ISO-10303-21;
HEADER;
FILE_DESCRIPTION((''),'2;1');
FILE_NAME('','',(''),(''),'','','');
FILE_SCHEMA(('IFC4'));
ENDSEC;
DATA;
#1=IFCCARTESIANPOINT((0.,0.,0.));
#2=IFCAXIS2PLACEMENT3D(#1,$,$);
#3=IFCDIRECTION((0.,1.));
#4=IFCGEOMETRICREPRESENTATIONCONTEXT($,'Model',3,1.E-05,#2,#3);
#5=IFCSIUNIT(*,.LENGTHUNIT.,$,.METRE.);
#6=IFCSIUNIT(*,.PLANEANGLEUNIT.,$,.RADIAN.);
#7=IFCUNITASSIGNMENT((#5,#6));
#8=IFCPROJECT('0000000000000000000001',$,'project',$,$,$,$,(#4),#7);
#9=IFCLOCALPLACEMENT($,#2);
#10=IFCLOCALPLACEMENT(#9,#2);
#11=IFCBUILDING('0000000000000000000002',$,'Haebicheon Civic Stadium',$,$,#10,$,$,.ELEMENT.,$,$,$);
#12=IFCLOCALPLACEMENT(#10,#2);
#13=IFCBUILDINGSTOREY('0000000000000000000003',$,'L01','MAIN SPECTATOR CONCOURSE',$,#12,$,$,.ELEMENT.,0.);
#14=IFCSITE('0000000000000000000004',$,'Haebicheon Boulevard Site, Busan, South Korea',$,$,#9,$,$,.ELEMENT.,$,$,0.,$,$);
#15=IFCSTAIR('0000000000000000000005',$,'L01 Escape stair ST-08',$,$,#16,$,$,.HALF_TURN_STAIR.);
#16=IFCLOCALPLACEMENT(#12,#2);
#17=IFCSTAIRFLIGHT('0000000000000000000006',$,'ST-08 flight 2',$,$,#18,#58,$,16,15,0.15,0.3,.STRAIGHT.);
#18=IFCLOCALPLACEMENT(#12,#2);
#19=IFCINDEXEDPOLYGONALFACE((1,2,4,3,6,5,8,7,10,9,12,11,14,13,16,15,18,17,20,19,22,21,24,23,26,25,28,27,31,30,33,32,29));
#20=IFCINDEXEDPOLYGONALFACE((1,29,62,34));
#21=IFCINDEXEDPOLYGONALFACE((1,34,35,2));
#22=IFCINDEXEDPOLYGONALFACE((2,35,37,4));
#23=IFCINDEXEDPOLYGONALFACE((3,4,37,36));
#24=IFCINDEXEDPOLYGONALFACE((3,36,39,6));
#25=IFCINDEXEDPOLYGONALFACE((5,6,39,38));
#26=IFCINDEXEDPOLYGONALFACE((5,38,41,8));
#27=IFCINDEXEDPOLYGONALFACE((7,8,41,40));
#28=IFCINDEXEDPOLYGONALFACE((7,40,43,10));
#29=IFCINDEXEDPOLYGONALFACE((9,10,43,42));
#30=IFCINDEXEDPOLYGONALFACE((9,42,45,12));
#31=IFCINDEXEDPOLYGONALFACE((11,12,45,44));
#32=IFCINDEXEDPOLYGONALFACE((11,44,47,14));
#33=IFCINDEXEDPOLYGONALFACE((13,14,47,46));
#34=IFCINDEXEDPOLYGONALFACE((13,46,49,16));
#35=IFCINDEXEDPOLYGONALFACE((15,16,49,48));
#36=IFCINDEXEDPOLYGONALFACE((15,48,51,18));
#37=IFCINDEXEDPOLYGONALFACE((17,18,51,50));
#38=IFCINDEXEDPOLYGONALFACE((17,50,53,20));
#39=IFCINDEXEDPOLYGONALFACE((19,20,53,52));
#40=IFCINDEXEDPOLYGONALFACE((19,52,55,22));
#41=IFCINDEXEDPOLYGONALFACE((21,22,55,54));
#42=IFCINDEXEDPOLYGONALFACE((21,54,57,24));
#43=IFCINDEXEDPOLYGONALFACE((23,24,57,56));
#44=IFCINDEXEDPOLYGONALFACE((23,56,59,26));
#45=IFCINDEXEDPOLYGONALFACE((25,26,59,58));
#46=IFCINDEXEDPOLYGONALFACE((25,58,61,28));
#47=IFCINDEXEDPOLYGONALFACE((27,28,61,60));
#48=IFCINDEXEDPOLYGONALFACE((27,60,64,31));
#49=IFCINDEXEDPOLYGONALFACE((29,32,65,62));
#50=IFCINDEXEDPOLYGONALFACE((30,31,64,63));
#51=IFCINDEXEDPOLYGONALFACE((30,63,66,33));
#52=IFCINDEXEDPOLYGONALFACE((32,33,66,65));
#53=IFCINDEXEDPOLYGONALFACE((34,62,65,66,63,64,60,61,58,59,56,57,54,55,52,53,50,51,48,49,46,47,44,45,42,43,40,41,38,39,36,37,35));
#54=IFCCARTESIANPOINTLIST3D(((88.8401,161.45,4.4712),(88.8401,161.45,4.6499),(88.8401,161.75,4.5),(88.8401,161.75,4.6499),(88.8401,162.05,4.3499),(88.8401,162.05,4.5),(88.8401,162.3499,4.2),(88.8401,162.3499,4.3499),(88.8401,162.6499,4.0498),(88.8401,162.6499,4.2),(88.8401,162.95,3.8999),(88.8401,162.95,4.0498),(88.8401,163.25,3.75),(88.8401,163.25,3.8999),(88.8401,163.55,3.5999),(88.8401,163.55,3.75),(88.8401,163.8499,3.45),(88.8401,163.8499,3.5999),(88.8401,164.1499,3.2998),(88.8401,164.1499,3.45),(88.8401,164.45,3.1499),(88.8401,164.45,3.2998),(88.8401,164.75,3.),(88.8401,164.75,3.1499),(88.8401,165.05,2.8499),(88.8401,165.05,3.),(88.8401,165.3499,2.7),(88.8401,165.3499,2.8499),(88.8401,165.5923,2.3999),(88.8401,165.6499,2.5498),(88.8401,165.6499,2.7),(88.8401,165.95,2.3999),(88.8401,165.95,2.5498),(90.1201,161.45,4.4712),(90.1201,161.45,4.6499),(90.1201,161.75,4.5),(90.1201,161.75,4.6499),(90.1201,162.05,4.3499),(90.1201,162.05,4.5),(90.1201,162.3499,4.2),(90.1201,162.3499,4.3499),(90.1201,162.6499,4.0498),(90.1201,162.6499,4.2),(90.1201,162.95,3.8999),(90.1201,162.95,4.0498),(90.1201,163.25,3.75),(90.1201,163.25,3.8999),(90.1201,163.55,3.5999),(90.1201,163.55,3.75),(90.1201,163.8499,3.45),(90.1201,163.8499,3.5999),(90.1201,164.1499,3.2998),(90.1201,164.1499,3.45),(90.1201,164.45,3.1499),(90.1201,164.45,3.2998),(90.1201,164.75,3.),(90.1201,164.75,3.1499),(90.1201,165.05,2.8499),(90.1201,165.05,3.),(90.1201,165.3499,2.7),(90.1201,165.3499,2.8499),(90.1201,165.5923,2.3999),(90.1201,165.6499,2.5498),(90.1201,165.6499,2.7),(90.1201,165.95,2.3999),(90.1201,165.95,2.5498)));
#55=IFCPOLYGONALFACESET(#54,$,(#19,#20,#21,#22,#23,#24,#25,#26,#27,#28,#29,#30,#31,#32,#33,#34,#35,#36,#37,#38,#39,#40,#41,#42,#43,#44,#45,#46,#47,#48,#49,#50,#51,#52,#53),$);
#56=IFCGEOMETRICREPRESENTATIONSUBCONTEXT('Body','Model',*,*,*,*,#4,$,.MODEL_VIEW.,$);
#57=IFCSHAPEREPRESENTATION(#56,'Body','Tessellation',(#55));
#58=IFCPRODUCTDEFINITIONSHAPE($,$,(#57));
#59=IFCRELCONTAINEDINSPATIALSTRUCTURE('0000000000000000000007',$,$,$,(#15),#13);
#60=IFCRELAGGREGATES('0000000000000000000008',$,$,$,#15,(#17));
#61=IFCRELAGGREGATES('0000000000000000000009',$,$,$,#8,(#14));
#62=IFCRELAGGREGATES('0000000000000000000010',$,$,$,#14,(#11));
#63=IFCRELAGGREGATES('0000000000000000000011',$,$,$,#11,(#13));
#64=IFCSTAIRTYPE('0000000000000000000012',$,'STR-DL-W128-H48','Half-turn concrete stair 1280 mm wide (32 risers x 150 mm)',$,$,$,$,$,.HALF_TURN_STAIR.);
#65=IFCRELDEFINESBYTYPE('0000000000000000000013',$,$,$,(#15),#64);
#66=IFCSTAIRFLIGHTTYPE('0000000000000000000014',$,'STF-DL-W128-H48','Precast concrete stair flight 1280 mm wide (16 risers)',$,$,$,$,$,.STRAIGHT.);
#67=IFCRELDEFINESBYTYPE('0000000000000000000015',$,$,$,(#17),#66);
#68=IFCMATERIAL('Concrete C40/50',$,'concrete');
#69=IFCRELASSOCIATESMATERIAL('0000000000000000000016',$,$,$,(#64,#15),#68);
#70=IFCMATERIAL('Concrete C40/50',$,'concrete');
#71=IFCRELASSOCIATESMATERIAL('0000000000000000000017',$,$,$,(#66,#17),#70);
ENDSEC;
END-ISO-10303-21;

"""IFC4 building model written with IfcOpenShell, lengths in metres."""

from ifc_helpers import new_model, si_unit, direction, frame, origin, place, context, subcontext, project, spatial, polyline, outline, extrude, material, type_object, element, aggregate, save


model = new_model("IFC4")

# Units and contexts
model_context = context("Model", 3, precision=1e-05, world=origin(), true_north=direction((0.0, 1.0)))
body_context = subcontext(model_context, "Body", "Model", "MODEL_VIEW")
ifc_project = project(units=[si_unit("LENGTHUNIT", "METRE"), si_unit("PLANEANGLEUNIT", "RADIAN")], contexts=[model_context])

# Site, building, storey
site_placement = place(None, origin())
site = spatial("IfcSite", under=ifc_project, at=site_placement, Name="Haebicheon Boulevard Site, Busan, South Korea", CompositionType="ELEMENT", RefElevation=0.0)
building_placement = place(site_placement, origin())
building = spatial("IfcBuilding", under=site, at=building_placement, Name="Haebicheon Civic Stadium", CompositionType="ELEMENT")
storey_placement = place(building_placement, origin())
storey = spatial("IfcBuildingStorey", under=building, at=storey_placement, Name="L01", Description="MAIN SPECTATOR CONCOURSE", CompositionType="ELEMENT", Elevation=0.0)

# Stair, stair flight
ifc_material_1 = material(Name="Concrete C40/50", Category="concrete")
stair_type = type_object("IfcStairType", Name="STR-DL-W128-H48", Description="Half-turn concrete stair 1280 mm wide (32 risers x 150 mm)", PredefinedType="HALF_TURN_STAIR", material=ifc_material_1)
stair_placement = place(storey_placement, origin())
stair = element("IfcStair", 1, at=stair_placement, inside=storey, type_object=stair_type, material=ifc_material_1, Name="L01 Escape stair ST-08", PredefinedType="HALF_TURN_STAIR")
ifc_material_2 = material(Name="Concrete C40/50", Category="concrete")
stair_flight_type = type_object("IfcStairFlightType", Name="STF-DL-W128-H48", Description="Precast concrete stair flight 1280 mm wide (16 risers)", PredefinedType="STRAIGHT", material=ifc_material_2)
stair_flight_1_placement = place(storey_placement, frame((89.48, 165.95, 2.3999), z_axis=(0.0, 0.0, 1.0), x_axis=(0.0, -1.0, 0.0)))
stair_flight_1 = element("IfcStairFlight", 2, at=stair_flight_1_placement, type_object=stair_flight_type, material=ifc_material_2, Name="ST-08 flight 2", NumberOfRisers=16, NumberOfTreads=15, PredefinedType="STRAIGHT", RiserHeight=0.15, TreadLength=0.3, context=body_context, shape_type="SweptSolid", body=[
    extrude(outline(polyline([(0.0, 0.0), (0.0, 0.1499), (0.3, 0.1499), (0.3, 0.3), (0.6001, 0.3), (0.6001, 0.45), (0.8999, 0.45), (0.8999, 0.6001), (1.2, 0.6001), (1.2, 0.75), (1.5, 0.75), (1.5, 0.8999), (1.8, 0.8999), (1.8, 1.05), (2.1001, 1.05), (2.1001, 1.2), (2.3999, 1.2), (2.3999, 1.3501), (2.7, 1.3501), (2.7, 1.5), (3.0, 1.5), (3.0, 1.6499), (3.3, 1.6499), (3.3, 1.8), (3.6001, 1.8), (3.6001, 1.95), (3.8999, 1.95), (3.8999, 2.1001), (4.2, 2.1001), (4.2, 2.25), (4.5, 2.25), (4.5, 2.3999), (4.5, 2.0713), (0.3577, 0.0), (0.0, 0.0)])), frame((0.0, 0.6401, 0.0), z_axis=(0.0, -1.0, 0.0), x_axis=(1.0, 0.0, 0.0)), (0.0, 0.0, 1.0), 1.28),
])
aggregate(stair, [stair_flight_1])

save(model, "model.ifc")
